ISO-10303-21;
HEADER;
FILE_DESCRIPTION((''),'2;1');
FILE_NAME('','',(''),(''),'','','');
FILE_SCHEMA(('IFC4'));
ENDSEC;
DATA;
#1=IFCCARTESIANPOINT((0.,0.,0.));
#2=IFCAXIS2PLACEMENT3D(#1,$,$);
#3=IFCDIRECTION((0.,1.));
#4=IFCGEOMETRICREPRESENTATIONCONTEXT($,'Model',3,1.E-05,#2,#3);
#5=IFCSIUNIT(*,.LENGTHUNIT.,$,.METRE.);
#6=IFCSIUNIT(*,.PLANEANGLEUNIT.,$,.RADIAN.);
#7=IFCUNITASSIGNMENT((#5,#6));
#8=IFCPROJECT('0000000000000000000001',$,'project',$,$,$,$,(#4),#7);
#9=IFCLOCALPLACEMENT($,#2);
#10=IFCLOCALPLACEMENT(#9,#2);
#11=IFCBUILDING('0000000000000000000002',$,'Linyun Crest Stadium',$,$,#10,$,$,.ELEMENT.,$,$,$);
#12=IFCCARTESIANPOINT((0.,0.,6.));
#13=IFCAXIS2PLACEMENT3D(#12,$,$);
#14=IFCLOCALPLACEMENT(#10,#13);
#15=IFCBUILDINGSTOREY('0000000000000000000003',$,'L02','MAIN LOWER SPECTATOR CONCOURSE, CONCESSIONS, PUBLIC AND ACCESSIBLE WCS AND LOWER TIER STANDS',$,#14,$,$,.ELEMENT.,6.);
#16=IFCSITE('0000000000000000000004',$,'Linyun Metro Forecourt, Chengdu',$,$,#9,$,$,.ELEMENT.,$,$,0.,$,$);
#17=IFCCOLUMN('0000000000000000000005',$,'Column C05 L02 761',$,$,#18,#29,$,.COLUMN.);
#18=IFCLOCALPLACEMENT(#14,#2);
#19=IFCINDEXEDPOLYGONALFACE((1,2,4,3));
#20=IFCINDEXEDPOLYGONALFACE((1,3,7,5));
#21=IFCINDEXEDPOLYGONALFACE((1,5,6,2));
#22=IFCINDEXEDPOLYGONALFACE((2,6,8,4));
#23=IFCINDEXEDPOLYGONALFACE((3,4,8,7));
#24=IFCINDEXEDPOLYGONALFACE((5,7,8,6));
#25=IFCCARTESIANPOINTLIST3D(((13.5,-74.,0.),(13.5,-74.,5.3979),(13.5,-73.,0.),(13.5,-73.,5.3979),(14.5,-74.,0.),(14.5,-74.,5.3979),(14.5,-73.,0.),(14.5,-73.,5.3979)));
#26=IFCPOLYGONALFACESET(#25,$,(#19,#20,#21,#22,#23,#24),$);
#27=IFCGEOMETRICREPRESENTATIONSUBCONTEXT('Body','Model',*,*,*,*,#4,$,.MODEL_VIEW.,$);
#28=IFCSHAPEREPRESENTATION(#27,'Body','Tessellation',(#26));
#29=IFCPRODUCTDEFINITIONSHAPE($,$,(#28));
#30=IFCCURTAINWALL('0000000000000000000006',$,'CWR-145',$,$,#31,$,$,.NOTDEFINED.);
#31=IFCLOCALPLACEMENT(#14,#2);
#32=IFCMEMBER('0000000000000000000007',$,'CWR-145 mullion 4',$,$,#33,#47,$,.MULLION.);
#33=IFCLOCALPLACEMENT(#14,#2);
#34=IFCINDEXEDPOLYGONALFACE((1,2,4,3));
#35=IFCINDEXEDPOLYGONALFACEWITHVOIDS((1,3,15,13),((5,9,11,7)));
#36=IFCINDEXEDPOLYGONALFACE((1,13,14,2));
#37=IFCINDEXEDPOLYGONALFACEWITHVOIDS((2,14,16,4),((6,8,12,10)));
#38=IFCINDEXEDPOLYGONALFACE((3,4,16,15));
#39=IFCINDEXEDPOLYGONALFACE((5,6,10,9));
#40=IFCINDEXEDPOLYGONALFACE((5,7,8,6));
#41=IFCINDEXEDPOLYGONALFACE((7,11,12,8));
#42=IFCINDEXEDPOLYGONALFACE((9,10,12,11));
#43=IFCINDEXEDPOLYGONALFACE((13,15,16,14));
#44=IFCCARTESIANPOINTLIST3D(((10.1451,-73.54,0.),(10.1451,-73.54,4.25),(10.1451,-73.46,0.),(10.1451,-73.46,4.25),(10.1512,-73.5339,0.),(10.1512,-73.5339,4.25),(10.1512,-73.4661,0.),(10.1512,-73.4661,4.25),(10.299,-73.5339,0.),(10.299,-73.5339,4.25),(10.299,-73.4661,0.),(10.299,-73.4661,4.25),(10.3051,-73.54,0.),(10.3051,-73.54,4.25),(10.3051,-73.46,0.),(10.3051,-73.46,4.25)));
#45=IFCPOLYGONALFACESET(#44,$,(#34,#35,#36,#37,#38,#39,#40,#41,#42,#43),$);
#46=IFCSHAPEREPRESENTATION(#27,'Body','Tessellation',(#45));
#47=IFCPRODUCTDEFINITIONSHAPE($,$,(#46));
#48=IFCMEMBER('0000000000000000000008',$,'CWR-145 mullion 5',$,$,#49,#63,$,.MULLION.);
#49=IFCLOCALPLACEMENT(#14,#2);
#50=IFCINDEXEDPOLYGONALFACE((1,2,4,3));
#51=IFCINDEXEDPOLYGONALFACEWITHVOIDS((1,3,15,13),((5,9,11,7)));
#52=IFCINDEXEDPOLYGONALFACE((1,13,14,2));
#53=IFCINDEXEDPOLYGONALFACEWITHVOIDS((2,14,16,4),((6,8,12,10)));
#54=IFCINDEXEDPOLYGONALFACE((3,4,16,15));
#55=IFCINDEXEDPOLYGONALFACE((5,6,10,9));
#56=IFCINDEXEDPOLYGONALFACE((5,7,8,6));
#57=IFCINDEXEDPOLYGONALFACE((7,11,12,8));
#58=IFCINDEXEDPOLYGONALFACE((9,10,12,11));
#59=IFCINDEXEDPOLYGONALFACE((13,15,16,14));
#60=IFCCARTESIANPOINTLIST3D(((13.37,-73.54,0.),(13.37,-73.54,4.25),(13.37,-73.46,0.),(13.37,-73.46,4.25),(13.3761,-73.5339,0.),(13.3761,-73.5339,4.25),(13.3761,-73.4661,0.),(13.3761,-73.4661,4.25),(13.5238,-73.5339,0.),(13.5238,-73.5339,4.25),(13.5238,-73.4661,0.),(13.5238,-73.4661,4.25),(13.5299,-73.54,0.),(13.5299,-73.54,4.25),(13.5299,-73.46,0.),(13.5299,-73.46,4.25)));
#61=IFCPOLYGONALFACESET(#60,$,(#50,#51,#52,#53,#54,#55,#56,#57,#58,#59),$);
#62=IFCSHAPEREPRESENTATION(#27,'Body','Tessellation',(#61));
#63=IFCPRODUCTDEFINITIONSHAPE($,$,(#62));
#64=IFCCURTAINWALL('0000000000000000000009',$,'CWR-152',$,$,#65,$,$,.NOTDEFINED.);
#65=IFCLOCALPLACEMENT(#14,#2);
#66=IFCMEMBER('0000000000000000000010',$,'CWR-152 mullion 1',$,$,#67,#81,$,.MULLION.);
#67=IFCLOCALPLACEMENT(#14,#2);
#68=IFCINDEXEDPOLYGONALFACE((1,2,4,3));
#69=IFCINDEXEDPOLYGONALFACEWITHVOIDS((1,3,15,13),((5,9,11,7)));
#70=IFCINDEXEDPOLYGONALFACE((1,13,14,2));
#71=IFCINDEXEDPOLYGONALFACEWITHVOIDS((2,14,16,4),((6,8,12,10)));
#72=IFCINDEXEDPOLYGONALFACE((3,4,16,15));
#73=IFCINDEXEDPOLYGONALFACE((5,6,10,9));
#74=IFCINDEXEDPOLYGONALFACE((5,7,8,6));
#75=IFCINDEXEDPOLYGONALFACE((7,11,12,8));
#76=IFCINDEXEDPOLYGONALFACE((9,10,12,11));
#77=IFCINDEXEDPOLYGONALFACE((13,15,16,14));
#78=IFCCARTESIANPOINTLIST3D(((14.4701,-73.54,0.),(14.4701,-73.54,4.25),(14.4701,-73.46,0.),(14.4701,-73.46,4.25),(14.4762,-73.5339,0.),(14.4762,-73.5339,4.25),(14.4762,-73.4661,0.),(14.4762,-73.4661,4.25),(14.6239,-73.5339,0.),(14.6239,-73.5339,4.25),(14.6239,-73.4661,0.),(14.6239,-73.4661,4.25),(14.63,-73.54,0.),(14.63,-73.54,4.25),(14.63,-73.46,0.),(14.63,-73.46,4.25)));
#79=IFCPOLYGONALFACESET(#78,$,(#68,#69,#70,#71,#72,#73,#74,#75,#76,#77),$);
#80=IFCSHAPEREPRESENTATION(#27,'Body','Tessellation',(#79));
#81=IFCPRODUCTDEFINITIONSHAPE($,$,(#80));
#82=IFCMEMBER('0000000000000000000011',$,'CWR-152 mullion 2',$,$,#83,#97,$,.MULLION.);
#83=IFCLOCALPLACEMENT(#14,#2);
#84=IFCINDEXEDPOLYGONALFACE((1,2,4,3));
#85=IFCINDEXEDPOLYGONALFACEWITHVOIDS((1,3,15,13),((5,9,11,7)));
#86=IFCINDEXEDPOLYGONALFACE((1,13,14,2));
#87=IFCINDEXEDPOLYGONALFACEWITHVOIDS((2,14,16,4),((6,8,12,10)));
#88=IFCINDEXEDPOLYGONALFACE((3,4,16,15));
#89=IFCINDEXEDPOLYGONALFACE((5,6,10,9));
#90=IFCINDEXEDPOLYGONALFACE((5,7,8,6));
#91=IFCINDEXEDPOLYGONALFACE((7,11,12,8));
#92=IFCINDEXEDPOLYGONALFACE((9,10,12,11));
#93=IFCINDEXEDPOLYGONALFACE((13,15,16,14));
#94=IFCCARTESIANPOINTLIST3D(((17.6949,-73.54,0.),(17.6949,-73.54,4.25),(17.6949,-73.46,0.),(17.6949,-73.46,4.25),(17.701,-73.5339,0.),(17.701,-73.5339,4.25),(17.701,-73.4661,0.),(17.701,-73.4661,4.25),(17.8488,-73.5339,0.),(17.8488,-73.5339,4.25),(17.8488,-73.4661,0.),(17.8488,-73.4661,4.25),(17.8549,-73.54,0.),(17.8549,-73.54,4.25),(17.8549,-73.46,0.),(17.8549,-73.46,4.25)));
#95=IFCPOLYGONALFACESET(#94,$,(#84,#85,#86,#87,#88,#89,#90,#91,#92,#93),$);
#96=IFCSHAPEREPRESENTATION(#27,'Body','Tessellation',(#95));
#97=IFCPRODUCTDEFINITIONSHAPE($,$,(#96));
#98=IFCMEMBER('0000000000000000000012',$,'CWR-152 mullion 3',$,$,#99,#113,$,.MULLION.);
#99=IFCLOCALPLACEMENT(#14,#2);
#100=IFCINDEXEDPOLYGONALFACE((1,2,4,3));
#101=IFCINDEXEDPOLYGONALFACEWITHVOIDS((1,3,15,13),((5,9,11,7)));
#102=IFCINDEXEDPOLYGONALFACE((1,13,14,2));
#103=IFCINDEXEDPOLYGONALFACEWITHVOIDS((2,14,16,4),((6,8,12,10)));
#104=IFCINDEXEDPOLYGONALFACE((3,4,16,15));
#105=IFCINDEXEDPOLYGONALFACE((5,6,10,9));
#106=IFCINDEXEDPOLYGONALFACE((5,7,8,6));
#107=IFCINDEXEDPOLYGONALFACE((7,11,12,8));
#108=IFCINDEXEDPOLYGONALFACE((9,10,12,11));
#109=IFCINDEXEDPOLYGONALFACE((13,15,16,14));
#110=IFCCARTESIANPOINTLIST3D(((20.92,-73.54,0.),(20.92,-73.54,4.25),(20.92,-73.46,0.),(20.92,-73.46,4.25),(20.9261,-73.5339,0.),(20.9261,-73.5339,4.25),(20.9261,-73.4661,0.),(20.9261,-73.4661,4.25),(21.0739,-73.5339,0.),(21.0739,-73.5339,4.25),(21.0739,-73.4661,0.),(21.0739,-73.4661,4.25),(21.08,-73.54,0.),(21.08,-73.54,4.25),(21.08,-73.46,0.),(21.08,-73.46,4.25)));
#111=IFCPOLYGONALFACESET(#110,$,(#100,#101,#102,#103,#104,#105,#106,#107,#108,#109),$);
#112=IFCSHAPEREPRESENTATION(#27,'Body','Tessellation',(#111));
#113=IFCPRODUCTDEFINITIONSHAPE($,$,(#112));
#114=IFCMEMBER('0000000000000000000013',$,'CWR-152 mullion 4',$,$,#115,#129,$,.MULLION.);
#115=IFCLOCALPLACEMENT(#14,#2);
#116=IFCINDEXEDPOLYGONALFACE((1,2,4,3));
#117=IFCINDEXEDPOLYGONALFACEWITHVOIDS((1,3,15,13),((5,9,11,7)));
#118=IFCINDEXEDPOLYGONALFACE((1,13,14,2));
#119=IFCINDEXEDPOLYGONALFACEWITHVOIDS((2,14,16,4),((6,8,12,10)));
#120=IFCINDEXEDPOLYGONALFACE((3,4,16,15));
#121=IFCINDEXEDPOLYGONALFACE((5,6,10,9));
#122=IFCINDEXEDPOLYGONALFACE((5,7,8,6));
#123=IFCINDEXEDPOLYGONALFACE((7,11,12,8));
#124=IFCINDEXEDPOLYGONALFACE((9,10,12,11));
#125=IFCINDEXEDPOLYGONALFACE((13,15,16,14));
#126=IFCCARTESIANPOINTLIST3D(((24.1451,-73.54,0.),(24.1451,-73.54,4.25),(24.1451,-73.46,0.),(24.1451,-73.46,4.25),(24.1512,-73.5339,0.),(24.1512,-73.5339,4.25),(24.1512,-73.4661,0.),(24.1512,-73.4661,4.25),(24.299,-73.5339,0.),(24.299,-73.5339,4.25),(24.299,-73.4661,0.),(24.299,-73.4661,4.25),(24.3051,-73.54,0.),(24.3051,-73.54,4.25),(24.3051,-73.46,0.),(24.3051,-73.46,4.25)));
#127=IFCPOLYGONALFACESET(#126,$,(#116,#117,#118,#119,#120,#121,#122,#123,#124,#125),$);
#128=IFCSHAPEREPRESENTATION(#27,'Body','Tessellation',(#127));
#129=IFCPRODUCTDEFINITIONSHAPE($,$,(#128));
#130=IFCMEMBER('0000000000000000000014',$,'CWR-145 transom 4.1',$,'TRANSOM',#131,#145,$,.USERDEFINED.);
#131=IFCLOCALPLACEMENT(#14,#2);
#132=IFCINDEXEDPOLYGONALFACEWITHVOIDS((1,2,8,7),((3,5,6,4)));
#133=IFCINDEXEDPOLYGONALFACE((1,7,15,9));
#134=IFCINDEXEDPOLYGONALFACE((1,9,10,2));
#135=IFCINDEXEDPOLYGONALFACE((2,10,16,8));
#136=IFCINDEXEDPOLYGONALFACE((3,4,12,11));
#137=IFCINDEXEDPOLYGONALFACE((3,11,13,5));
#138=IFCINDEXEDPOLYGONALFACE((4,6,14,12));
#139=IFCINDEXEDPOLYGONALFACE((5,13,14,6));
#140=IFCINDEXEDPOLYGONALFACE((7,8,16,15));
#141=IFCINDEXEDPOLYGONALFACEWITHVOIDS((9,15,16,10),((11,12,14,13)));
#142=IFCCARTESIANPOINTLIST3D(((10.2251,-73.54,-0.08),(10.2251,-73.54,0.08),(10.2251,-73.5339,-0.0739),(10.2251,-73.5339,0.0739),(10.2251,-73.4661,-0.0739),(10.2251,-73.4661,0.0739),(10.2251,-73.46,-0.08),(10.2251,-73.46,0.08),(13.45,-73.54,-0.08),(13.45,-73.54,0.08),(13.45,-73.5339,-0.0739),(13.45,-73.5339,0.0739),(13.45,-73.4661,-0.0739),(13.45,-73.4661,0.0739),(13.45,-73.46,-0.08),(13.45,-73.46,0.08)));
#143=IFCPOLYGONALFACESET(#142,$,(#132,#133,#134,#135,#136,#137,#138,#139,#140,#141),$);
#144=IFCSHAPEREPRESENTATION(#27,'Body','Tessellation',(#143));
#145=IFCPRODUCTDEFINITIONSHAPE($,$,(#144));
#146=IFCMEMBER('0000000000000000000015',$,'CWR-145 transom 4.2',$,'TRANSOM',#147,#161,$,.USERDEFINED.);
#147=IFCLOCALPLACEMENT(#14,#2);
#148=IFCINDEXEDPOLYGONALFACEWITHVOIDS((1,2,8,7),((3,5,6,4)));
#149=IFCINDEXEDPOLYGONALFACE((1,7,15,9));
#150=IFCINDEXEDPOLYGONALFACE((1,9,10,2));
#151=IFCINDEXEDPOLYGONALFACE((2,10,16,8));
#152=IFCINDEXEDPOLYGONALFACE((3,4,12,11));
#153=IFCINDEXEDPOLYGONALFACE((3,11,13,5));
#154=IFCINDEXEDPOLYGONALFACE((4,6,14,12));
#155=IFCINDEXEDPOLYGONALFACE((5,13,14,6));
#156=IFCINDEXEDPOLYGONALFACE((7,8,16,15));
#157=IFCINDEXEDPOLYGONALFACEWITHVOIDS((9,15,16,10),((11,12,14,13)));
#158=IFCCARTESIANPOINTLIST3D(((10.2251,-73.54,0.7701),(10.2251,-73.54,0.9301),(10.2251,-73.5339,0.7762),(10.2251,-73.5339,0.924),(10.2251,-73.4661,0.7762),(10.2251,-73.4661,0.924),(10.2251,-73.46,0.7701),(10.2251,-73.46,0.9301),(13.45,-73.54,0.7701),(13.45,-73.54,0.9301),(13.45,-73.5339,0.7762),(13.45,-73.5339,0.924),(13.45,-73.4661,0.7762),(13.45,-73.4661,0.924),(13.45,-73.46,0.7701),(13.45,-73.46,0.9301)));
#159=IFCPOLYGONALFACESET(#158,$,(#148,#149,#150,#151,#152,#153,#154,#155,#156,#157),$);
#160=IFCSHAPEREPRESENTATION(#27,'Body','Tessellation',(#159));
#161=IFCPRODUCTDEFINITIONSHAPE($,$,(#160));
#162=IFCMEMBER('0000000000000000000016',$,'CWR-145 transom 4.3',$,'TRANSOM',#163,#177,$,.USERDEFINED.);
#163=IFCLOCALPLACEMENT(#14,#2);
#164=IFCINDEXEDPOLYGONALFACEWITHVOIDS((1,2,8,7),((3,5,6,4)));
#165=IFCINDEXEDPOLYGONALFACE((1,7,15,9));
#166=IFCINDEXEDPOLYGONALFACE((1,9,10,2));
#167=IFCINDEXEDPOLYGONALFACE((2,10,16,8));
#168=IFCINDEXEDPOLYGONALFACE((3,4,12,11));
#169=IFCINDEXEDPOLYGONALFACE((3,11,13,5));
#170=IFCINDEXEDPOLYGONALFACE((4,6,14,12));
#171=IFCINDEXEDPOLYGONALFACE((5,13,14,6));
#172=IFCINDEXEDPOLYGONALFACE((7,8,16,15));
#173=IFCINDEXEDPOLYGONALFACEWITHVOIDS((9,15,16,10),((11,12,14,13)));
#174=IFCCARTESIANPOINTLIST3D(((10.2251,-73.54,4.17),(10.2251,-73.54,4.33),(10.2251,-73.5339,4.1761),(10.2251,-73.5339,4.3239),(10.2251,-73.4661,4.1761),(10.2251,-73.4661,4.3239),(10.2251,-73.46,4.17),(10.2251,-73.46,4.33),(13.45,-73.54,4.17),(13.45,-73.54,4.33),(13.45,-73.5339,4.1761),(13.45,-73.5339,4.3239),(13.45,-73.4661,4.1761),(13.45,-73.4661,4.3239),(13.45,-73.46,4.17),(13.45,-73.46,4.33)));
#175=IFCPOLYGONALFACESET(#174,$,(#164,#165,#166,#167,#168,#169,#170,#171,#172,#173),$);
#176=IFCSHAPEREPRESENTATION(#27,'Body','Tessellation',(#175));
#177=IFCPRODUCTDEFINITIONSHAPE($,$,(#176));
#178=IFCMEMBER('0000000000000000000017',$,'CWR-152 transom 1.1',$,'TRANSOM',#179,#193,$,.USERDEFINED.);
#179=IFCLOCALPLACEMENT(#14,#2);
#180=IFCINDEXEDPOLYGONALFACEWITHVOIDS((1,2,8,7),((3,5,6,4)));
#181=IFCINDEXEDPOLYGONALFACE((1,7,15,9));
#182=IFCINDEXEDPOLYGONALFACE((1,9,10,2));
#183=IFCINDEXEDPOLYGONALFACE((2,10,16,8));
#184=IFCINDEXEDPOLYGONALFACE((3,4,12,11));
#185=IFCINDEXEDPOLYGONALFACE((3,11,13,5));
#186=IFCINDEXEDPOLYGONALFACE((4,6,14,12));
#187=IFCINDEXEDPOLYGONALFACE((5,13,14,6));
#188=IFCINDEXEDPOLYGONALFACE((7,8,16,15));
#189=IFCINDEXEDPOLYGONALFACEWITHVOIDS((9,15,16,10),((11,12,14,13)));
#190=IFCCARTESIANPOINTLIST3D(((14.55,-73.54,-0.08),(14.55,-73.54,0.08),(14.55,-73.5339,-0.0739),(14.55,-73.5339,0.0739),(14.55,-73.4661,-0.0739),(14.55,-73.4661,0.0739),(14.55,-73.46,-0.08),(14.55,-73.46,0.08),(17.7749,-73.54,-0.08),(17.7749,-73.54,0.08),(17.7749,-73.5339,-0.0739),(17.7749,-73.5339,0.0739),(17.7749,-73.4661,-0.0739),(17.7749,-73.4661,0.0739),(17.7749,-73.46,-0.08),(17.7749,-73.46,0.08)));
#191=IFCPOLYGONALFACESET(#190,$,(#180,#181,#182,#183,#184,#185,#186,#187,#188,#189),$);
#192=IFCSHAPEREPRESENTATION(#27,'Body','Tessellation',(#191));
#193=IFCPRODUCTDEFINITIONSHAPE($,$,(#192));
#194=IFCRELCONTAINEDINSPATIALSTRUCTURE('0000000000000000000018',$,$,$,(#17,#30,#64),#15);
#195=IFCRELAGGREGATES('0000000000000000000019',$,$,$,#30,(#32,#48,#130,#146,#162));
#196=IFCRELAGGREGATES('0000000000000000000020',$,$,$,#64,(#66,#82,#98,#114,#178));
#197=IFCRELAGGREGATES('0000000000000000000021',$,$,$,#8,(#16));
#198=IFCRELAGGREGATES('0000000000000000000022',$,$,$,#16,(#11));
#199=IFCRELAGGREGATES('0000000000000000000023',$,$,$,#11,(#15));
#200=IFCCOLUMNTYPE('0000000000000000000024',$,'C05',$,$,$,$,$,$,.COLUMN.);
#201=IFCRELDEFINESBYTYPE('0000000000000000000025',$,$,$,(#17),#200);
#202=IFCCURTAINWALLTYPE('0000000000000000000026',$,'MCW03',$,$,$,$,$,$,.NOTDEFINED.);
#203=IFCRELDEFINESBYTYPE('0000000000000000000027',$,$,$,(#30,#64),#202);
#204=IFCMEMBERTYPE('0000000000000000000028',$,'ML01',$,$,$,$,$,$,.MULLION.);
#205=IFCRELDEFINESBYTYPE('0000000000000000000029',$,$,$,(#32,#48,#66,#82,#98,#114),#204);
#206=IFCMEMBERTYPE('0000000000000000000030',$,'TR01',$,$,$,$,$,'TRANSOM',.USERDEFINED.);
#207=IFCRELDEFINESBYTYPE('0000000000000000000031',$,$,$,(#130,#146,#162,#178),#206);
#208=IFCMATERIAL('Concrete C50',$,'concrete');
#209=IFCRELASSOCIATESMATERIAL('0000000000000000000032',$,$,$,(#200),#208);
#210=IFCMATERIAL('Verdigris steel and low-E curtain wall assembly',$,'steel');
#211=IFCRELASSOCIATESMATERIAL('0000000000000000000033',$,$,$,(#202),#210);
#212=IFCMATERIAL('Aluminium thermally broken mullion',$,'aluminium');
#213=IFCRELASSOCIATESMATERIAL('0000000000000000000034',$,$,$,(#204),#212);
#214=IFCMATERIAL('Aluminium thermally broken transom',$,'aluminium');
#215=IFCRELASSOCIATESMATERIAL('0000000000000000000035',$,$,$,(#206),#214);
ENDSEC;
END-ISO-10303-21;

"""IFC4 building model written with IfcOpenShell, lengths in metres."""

from ifc_helpers import new_model, si_unit, direction, frame, origin, origin_2d, place, context, subcontext, project, spatial, rectangle, hollow_rectangle, extrude, material, material_profile, profile_set, type_object, element, aggregate, save


model = new_model("IFC4")

# Units and contexts
model_context = context("Model", 3, precision=1e-05, world=origin(), true_north=direction((0.0, 1.0)))
body_context = subcontext(model_context, "Body", "Model", "MODEL_VIEW")
ifc_project = project(units=[si_unit("LENGTHUNIT", "METRE"), si_unit("PLANEANGLEUNIT", "RADIAN")], contexts=[model_context])

# Site, building, storey
site_placement = place(None, origin())
site = spatial("IfcSite", under=ifc_project, at=site_placement, Name="Linyun Metro Forecourt, Chengdu", CompositionType="ELEMENT", RefElevation=0.0)
building_placement = place(site_placement, origin())
building = spatial("IfcBuilding", under=site, at=building_placement, Name="Linyun Crest Stadium", CompositionType="ELEMENT")
storey_placement = place(building_placement, frame((0.0, 0.0, 6.0)))
storey = spatial("IfcBuildingStorey", under=building, at=storey_placement, Name="L02", Description="MAIN LOWER SPECTATOR CONCOURSE, CONCESSIONS, PUBLIC AND ACCESSIBLE WCS AND LOWER TIER STANDS", CompositionType="ELEMENT", Elevation=6.0)

# Column
ifc_material_1 = material(Name="Concrete C50", Category="concrete")
ifc_material_profile_1 = material_profile(ifc_material_1, rectangle(XDim=1.0, YDim=1.0, at=origin_2d()), Name="RC 1000x1000")
ifc_profile_set_1 = profile_set([ifc_material_profile_1], Name="Concrete C50")
column_type = type_object("IfcColumnType", Name="C05", PredefinedType="COLUMN", material=ifc_profile_set_1)
column_placement = place(storey_placement, frame((14.0, -73.5, 0.0), z_axis=(0.0, 0.0, 1.0), x_axis=(1.0, 0.0, 0.0)))
element("IfcColumn", 1, at=column_placement, inside=storey, type_object=column_type, Name="Column C05 L02 761", PredefinedType="COLUMN", context=body_context, shape_type="SweptSolid", body=[
    extrude(rectangle(XDim=1.0, YDim=1.0, at=origin_2d()), origin(), (0.0, 0.0, 1.0), 5.3979),
])

# Curtain walls, members
ifc_material_2 = material(Name="Verdigris steel and low-E curtain wall assembly", Category="steel")
curtain_wall_type = type_object("IfcCurtainWallType", Name="MCW03", PredefinedType="NOTDEFINED", material=ifc_material_2)
curtain_wall_1_placement = place(storey_placement, origin())
curtain_wall_1 = element("IfcCurtainWall", 2, at=curtain_wall_1_placement, inside=storey, type_object=curtain_wall_type, Name="CWR-145", PredefinedType="NOTDEFINED")
ifc_material_3 = material(Name="Aluminium thermally broken mullion", Category="aluminium")
ifc_material_profile_2 = material_profile(ifc_material_3, hollow_rectangle(XDim=0.0801, YDim=0.1599, WallThickness=0.0061, at=origin_2d()), Name="RHS 160x80x6")
ifc_profile_set_2 = profile_set([ifc_material_profile_2], Name="Aluminium thermally broken mullion")
member_type_1 = type_object("IfcMemberType", Name="ML01", PredefinedType="MULLION", material=ifc_profile_set_2)
member_1_placement = place(storey_placement, frame((10.2251, -73.5, 0.0), z_axis=(0.0, 0.0, 1.0), x_axis=(0.0, 1.0, 0.0)))
member_1 = element("IfcMember", 3, at=member_1_placement, type_object=member_type_1, Name="CWR-145 mullion 4", PredefinedType="MULLION", context=body_context, shape_type="SweptSolid", body=[
    extrude(hollow_rectangle(XDim=0.0801, YDim=0.1599, WallThickness=0.0061, at=origin_2d()), origin(), (0.0, 0.0, 1.0), 4.25),
])
member_2_placement = place(storey_placement, frame((13.45, -73.5, 0.0), z_axis=(0.0, 0.0, 1.0), x_axis=(0.0, 1.0, 0.0)))
member_2 = element("IfcMember", 4, at=member_2_placement, type_object=member_type_1, Name="CWR-145 mullion 5", PredefinedType="MULLION", context=body_context, shape_type="SweptSolid", body=[
    extrude(hollow_rectangle(XDim=0.0801, YDim=0.1599, WallThickness=0.0061, at=origin_2d()), origin(), (0.0, 0.0, 1.0), 4.25),
])
curtain_wall_2_placement = place(storey_placement, origin())
curtain_wall_2 = element("IfcCurtainWall", 5, at=curtain_wall_2_placement, inside=storey, type_object=curtain_wall_type, Name="CWR-152", PredefinedType="NOTDEFINED")
member_3_placement = place(storey_placement, frame((14.55, -73.5, 0.0), z_axis=(0.0, 0.0, 1.0), x_axis=(0.0, 1.0, 0.0)))
member_3 = element("IfcMember", 6, at=member_3_placement, type_object=member_type_1, Name="CWR-152 mullion 1", PredefinedType="MULLION", context=body_context, shape_type="SweptSolid", body=[
    extrude(hollow_rectangle(XDim=0.0801, YDim=0.1599, WallThickness=0.0061, at=origin_2d()), origin(), (0.0, 0.0, 1.0), 4.25),
])
member_4_placement = place(storey_placement, frame((17.7749, -73.5, 0.0), z_axis=(0.0, 0.0, 1.0), x_axis=(0.0, 1.0, 0.0)))
member_4 = element("IfcMember", 7, at=member_4_placement, type_object=member_type_1, Name="CWR-152 mullion 2", PredefinedType="MULLION", context=body_context, shape_type="SweptSolid", body=[
    extrude(hollow_rectangle(XDim=0.0801, YDim=0.1599, WallThickness=0.0061, at=origin_2d()), origin(), (0.0, 0.0, 1.0), 4.25),
])
member_5_placement = place(storey_placement, frame((21.0, -73.5, 0.0), z_axis=(0.0, 0.0, 1.0), x_axis=(0.0, 1.0, 0.0)))
member_5 = element("IfcMember", 8, at=member_5_placement, type_object=member_type_1, Name="CWR-152 mullion 3", PredefinedType="MULLION", context=body_context, shape_type="SweptSolid", body=[
    extrude(hollow_rectangle(XDim=0.0801, YDim=0.1599, WallThickness=0.0061, at=origin_2d()), origin(), (0.0, 0.0, 1.0), 4.25),
])
member_6_placement = place(storey_placement, frame((24.2251, -73.5, 0.0), z_axis=(0.0, 0.0, 1.0), x_axis=(0.0, 1.0, 0.0)))
member_6 = element("IfcMember", 9, at=member_6_placement, type_object=member_type_1, Name="CWR-152 mullion 4", PredefinedType="MULLION", context=body_context, shape_type="SweptSolid", body=[
    extrude(hollow_rectangle(XDim=0.0801, YDim=0.1599, WallThickness=0.0061, at=origin_2d()), origin(), (0.0, 0.0, 1.0), 4.25),
])

# Members
ifc_material_4 = material(Name="Aluminium thermally broken transom", Category="aluminium")
ifc_material_profile_3 = material_profile(ifc_material_4, hollow_rectangle(XDim=0.0801, YDim=0.1599, WallThickness=0.0061, at=origin_2d()), Name="RHS 160x80x6")
ifc_profile_set_3 = profile_set([ifc_material_profile_3], Name="Aluminium thermally broken transom")
member_type_2 = type_object("IfcMemberType", Name="TR01", ElementType="TRANSOM", PredefinedType="USERDEFINED", material=ifc_profile_set_3)
member_7_placement = place(storey_placement, frame((10.2251, -73.5, 0.0), z_axis=(1.0, 0.0, 0.0), x_axis=(0.0, 1.0, 0.0)))
member_7 = element("IfcMember", 10, at=member_7_placement, type_object=member_type_2, Name="CWR-145 transom 4.1", ObjectType="TRANSOM", PredefinedType="USERDEFINED", context=body_context, shape_type="SweptSolid", body=[
    extrude(hollow_rectangle(XDim=0.0801, YDim=0.1599, WallThickness=0.0061, at=origin_2d()), origin(), (0.0, 0.0, 1.0), 3.2249),
])
member_8_placement = place(storey_placement, frame((10.2251, -73.5, 0.8501), z_axis=(1.0, 0.0, 0.0), x_axis=(0.0, 1.0, 0.0)))
member_8 = element("IfcMember", 11, at=member_8_placement, type_object=member_type_2, Name="CWR-145 transom 4.2", ObjectType="TRANSOM", PredefinedType="USERDEFINED", context=body_context, shape_type="SweptSolid", body=[
    extrude(hollow_rectangle(XDim=0.0801, YDim=0.1599, WallThickness=0.0061, at=origin_2d()), origin(), (0.0, 0.0, 1.0), 3.2249),
])
member_9_placement = place(storey_placement, frame((10.2251, -73.5, 4.25), z_axis=(1.0, 0.0, 0.0), x_axis=(0.0, 1.0, 0.0)))
member_9 = element("IfcMember", 12, at=member_9_placement, type_object=member_type_2, Name="CWR-145 transom 4.3", ObjectType="TRANSOM", PredefinedType="USERDEFINED", context=body_context, shape_type="SweptSolid", body=[
    extrude(hollow_rectangle(XDim=0.0801, YDim=0.1599, WallThickness=0.0061, at=origin_2d()), origin(), (0.0, 0.0, 1.0), 3.2249),
])
member_10_placement = place(storey_placement, frame((14.55, -73.5, 0.0), z_axis=(1.0, 0.0, 0.0), x_axis=(0.0, 1.0, 0.0)))
member_10 = element("IfcMember", 13, at=member_10_placement, type_object=member_type_2, Name="CWR-152 transom 1.1", ObjectType="TRANSOM", PredefinedType="USERDEFINED", context=body_context, shape_type="SweptSolid", body=[
    extrude(hollow_rectangle(XDim=0.0801, YDim=0.1599, WallThickness=0.0061, at=origin_2d()), origin(), (0.0, 0.0, 1.0), 3.2249),
])

aggregate(curtain_wall_1, [member_1, member_2, member_7, member_8, member_9])
aggregate(curtain_wall_2, [member_3, member_4, member_5, member_6, member_10])

save(model, "model.ifc")
